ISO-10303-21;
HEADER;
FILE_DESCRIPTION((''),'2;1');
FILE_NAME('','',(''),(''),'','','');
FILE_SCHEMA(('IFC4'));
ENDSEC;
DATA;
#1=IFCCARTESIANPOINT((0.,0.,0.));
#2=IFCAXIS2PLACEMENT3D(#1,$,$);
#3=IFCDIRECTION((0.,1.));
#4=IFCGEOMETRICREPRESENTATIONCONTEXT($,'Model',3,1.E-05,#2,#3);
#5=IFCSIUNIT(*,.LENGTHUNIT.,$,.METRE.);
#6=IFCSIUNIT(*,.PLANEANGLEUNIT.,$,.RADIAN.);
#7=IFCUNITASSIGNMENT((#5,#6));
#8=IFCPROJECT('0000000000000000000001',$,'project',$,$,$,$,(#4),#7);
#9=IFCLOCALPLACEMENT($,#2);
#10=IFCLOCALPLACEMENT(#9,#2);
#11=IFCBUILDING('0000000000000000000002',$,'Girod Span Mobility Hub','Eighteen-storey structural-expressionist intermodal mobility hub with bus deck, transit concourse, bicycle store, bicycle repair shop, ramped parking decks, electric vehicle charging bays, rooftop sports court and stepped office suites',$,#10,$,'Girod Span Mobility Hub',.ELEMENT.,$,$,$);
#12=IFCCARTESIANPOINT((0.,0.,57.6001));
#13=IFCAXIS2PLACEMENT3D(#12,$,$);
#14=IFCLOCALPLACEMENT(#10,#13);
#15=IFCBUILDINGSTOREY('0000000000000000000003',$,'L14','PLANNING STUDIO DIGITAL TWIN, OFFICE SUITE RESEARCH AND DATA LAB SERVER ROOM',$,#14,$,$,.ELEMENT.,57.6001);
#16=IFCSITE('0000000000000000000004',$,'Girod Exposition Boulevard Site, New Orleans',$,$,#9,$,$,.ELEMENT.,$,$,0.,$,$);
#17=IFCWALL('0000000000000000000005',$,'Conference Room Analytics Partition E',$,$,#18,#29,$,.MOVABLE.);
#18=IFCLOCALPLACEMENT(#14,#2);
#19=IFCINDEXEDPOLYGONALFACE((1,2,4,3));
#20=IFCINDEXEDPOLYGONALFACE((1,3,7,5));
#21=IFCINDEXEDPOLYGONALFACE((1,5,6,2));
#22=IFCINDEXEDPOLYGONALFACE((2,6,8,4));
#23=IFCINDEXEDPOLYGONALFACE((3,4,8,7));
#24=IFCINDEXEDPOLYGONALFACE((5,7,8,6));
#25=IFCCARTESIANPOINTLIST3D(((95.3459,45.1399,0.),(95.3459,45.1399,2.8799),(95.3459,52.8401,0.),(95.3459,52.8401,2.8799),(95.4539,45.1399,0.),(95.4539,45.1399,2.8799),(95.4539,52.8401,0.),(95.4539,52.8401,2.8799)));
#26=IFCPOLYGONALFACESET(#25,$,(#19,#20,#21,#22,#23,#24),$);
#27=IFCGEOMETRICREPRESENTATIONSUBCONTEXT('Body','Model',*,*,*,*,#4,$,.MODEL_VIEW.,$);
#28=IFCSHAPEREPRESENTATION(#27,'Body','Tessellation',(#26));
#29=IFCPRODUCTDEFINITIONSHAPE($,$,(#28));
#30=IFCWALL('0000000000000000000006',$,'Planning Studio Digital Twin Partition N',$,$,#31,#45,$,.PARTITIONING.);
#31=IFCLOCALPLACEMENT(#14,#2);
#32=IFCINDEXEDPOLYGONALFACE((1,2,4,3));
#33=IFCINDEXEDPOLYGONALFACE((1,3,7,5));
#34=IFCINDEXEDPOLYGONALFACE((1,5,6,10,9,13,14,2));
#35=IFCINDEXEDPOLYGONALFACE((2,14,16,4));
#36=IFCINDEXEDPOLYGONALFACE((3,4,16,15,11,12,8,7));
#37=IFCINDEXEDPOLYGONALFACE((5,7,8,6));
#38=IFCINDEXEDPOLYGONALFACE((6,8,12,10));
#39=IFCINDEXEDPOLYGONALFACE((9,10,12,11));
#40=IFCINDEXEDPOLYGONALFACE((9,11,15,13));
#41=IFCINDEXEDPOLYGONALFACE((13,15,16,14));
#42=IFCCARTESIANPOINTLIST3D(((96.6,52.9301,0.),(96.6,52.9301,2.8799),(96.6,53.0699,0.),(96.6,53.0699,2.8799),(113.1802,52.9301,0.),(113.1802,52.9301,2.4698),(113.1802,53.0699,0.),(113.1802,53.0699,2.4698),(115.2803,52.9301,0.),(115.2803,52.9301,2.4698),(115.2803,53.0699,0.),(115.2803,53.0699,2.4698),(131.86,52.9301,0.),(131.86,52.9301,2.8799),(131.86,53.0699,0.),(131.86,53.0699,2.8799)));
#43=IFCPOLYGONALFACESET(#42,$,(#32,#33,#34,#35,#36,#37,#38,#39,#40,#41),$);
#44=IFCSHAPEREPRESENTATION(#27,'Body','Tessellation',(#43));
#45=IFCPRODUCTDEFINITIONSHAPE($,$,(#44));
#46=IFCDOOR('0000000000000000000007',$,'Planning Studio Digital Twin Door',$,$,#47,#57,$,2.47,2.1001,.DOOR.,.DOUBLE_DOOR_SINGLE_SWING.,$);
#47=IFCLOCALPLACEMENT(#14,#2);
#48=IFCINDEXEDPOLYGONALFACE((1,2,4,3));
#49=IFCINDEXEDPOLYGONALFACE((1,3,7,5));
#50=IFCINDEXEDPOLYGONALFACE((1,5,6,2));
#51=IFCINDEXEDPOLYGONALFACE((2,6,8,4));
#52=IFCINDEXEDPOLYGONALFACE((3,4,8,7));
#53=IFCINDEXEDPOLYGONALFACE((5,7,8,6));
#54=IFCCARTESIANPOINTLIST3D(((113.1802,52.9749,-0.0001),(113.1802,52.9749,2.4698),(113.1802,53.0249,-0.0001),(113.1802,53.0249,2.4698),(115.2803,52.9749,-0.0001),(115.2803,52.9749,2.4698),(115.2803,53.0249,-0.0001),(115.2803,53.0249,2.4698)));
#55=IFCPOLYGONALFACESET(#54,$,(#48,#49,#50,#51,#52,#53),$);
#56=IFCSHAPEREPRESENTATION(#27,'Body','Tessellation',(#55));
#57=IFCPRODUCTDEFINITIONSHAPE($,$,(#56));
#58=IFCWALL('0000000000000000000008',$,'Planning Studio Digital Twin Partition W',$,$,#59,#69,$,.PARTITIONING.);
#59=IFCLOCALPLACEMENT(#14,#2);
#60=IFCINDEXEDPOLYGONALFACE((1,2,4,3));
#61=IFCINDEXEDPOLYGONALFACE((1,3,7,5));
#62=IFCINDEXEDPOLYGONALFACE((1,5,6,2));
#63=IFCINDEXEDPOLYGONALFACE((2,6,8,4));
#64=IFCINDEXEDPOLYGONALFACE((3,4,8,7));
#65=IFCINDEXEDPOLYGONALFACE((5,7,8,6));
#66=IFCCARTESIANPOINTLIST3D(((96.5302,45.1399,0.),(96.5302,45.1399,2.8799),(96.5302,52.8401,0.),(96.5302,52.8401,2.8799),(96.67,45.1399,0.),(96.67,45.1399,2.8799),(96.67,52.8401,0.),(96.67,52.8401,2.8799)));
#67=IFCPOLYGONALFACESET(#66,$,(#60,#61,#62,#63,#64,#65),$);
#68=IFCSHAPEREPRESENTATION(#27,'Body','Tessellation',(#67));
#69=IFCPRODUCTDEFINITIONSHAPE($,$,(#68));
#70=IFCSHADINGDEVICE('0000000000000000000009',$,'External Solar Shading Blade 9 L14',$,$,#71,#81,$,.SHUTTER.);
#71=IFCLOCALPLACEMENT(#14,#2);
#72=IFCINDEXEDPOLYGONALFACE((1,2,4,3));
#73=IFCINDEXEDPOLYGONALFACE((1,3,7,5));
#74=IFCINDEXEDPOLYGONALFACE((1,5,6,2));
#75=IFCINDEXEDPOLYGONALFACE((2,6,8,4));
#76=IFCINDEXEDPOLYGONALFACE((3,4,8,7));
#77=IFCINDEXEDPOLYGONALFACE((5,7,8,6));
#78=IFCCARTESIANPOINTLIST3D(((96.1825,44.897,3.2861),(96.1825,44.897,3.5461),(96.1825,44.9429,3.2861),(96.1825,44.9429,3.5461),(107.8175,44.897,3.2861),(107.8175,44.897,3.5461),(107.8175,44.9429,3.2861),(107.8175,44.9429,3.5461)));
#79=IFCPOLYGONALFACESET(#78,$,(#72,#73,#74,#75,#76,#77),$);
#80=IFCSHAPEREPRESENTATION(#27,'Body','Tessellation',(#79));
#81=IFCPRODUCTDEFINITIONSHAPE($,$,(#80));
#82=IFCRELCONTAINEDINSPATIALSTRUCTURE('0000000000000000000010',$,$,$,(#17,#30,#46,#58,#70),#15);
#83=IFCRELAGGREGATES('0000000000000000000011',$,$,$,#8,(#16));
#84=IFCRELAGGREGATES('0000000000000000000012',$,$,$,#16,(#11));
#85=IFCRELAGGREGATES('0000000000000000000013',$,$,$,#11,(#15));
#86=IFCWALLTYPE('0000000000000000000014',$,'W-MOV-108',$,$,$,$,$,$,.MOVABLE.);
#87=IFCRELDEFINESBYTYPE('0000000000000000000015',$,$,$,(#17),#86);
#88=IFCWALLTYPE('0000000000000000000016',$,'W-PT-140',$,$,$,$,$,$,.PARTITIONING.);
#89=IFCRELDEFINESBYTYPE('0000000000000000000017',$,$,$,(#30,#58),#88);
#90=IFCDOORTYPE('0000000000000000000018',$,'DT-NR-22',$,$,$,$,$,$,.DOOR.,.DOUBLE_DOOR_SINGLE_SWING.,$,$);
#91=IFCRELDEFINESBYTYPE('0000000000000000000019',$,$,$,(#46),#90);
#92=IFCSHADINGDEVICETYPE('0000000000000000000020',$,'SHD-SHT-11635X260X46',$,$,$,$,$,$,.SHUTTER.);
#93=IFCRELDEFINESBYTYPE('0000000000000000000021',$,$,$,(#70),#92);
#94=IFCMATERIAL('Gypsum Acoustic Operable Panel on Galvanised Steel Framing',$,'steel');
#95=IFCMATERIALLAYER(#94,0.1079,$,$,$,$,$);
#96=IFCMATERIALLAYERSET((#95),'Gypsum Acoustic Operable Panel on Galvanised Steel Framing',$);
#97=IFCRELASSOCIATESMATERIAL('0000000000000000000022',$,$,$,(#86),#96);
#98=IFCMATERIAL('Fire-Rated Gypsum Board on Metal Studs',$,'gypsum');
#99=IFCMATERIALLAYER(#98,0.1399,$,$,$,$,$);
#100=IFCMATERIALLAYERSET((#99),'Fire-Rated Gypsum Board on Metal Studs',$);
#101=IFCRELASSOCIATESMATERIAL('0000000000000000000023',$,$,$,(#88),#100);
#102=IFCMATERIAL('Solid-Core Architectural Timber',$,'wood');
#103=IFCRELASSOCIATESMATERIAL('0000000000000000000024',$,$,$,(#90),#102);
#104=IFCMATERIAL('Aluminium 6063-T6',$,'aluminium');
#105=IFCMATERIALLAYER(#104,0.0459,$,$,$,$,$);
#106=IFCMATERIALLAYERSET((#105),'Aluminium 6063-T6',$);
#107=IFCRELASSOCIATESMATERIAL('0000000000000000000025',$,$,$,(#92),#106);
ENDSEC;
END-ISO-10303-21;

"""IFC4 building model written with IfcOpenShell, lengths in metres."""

from ifc_helpers import new_model, si_unit, direction, frame, frame_2d, origin, origin_2d, place, context, subcontext, project, spatial, rectangle, extrude, material, layer, layer_set, type_object, element, fill, save


model = new_model("IFC4")

# Units and contexts
model_context = context("Model", 3, precision=1e-05, world=origin(), true_north=direction((0.0, 1.0)))
body_context = subcontext(model_context, "Body", "Model", "MODEL_VIEW")
ifc_project = project(units=[si_unit("LENGTHUNIT", "METRE"), si_unit("PLANEANGLEUNIT", "RADIAN")], contexts=[model_context])

# Site, building, storey
site_placement = place(None, origin())
site = spatial("IfcSite", under=ifc_project, at=site_placement, Name="Girod Exposition Boulevard Site, New Orleans", CompositionType="ELEMENT", RefElevation=0.0)
building_placement = place(site_placement, origin())
building = spatial("IfcBuilding", under=site, at=building_placement, Name="Girod Span Mobility Hub", Description="Eighteen-storey structural-expressionist intermodal mobility hub with bus deck, transit concourse, bicycle store, bicycle repair shop, ramped parking decks, electric vehicle charging bays, rooftop sports court and stepped office suites", LongName="Girod Span Mobility Hub", CompositionType="ELEMENT")
storey_placement = place(building_placement, frame((0.0, 0.0, 57.6001)))
storey = spatial("IfcBuildingStorey", under=building, at=storey_placement, Name="L14", Description="PLANNING STUDIO DIGITAL TWIN, OFFICE SUITE RESEARCH AND DATA LAB SERVER ROOM", CompositionType="ELEMENT", Elevation=57.6001)

# Wall
ifc_material_1 = material(Name="Gypsum Acoustic Operable Panel on Galvanised Steel Framing", Category="steel")
ifc_layer_1 = layer(ifc_material_1, 0.1079)
ifc_layer_set_1 = layer_set([ifc_layer_1], Name="Gypsum Acoustic Operable Panel on Galvanised Steel Framing")
wall_type_1 = type_object("IfcWallType", Name="W-MOV-108", PredefinedType="MOVABLE", material=ifc_layer_set_1)
wall_1_placement = place(storey_placement, frame((95.3999, 45.1399, 0.0), z_axis=(0.0, 0.0, 1.0), x_axis=(0.0, 1.0, 0.0)))
element("IfcWall", 1, at=wall_1_placement, inside=storey, type_object=wall_type_1, Name="Conference Room Analytics Partition E", PredefinedType="MOVABLE", context=body_context, shape_type="SweptSolid", body=[
    extrude(rectangle(XDim=7.7002, YDim=0.1079, at=frame_2d((3.8501, 0.0))), origin(), (0.0, 0.0, 1.0), 2.8799),
])

# Wall, opening, door
ifc_material_2 = material(Name="Fire-Rated Gypsum Board on Metal Studs", Category="gypsum")
ifc_layer_2 = layer(ifc_material_2, 0.1399)
ifc_layer_set_2 = layer_set([ifc_layer_2], Name="Fire-Rated Gypsum Board on Metal Studs")
wall_type_2 = type_object("IfcWallType", Name="W-PT-140", PredefinedType="PARTITIONING", material=ifc_layer_set_2)
wall_2_placement = place(storey_placement, frame((96.6001, 53.0, 0.0), z_axis=(0.0, 0.0, 1.0), x_axis=(1.0, 0.0, 0.0)))
wall_2 = element("IfcWall", 2, at=wall_2_placement, inside=storey, type_object=wall_type_2, Name="Planning Studio Digital Twin Partition N", PredefinedType="PARTITIONING", context=body_context, shape_type="SweptSolid", body=[
    extrude(rectangle(XDim=35.26, YDim=0.1399, at=frame_2d((17.6299, 0.0))), origin(), (0.0, 0.0, 1.0), 2.8799),
])
opening_placement = place(wall_2_placement, frame((16.5801, 0.0, 0.0)))
opening = element("IfcOpeningElement", 3, at=opening_placement, cuts=wall_2, PredefinedType="OPENING", context=body_context, shape_type="SweptSolid", body=[
    extrude(rectangle(XDim=2.1001, YDim=2.47, at=frame_2d((1.05, 1.2349))), frame((0.0, 0.085, 0.0), z_axis=(0.0, -1.0, 0.0), x_axis=(1.0, 0.0, 0.0)), (0.0, 0.0, 1.0), 0.1699),
])
ifc_material_3 = material(Name="Solid-Core Architectural Timber", Category="wood")
door_type = type_object("IfcDoorType", Name="DT-NR-22", OperationType="DOUBLE_DOOR_SINGLE_SWING", PredefinedType="DOOR", material=ifc_material_3)
door_placement = place(opening_placement, origin())
door = element("IfcDoor", 4, at=door_placement, inside=storey, type_object=door_type, Name="Planning Studio Digital Twin Door", OperationType="DOUBLE_DOOR_SINGLE_SWING", OverallHeight=2.47, OverallWidth=2.1001, PredefinedType="DOOR", context=body_context, shape_type="SweptSolid", body=[
    extrude(rectangle(XDim=2.1001, YDim=2.47, at=frame_2d((1.05, 1.2349))), frame((0.0, 0.0249, 0.0), z_axis=(0.0, -1.0, 0.0), x_axis=(1.0, 0.0, 0.0)), (0.0, 0.0, 1.0), 0.05),
])
fill(opening, door)

# Wall
wall_3_placement = place(storey_placement, frame((96.6001, 45.1399, 0.0), z_axis=(0.0, 0.0, 1.0), x_axis=(0.0, 1.0, 0.0)))
element("IfcWall", 5, at=wall_3_placement, inside=storey, type_object=wall_type_2, Name="Planning Studio Digital Twin Partition W", PredefinedType="PARTITIONING", context=body_context, shape_type="SweptSolid", body=[
    extrude(rectangle(XDim=7.7002, YDim=0.1399, at=frame_2d((3.8501, 0.0))), origin(), (0.0, 0.0, 1.0), 2.8799),
])

# Shading device
ifc_material_4 = material(Name="Aluminium 6063-T6", Category="aluminium")
ifc_layer_3 = layer(ifc_material_4, 0.0459)
ifc_layer_set_3 = layer_set([ifc_layer_3], Name="Aluminium 6063-T6")
shading_device_type = type_object("IfcShadingDeviceType", Name="SHD-SHT-11635X260X46", PredefinedType="SHUTTER", material=ifc_layer_set_3)
shading_device_placement = place(storey_placement, frame((102.0, 44.9199, 3.2861), z_axis=(0.0, 0.0, 1.0), x_axis=(1.0, 0.0, 0.0)))
element("IfcShadingDevice", 6, at=shading_device_placement, inside=storey, type_object=shading_device_type, Name="External Solar Shading Blade 9 L14", PredefinedType="SHUTTER", context=body_context, shape_type="SweptSolid", body=[
    extrude(rectangle(XDim=11.635, YDim=0.0459, at=origin_2d()), origin(), (0.0, 0.0, 1.0), 0.26),
])

save(model, "model.ifc")
